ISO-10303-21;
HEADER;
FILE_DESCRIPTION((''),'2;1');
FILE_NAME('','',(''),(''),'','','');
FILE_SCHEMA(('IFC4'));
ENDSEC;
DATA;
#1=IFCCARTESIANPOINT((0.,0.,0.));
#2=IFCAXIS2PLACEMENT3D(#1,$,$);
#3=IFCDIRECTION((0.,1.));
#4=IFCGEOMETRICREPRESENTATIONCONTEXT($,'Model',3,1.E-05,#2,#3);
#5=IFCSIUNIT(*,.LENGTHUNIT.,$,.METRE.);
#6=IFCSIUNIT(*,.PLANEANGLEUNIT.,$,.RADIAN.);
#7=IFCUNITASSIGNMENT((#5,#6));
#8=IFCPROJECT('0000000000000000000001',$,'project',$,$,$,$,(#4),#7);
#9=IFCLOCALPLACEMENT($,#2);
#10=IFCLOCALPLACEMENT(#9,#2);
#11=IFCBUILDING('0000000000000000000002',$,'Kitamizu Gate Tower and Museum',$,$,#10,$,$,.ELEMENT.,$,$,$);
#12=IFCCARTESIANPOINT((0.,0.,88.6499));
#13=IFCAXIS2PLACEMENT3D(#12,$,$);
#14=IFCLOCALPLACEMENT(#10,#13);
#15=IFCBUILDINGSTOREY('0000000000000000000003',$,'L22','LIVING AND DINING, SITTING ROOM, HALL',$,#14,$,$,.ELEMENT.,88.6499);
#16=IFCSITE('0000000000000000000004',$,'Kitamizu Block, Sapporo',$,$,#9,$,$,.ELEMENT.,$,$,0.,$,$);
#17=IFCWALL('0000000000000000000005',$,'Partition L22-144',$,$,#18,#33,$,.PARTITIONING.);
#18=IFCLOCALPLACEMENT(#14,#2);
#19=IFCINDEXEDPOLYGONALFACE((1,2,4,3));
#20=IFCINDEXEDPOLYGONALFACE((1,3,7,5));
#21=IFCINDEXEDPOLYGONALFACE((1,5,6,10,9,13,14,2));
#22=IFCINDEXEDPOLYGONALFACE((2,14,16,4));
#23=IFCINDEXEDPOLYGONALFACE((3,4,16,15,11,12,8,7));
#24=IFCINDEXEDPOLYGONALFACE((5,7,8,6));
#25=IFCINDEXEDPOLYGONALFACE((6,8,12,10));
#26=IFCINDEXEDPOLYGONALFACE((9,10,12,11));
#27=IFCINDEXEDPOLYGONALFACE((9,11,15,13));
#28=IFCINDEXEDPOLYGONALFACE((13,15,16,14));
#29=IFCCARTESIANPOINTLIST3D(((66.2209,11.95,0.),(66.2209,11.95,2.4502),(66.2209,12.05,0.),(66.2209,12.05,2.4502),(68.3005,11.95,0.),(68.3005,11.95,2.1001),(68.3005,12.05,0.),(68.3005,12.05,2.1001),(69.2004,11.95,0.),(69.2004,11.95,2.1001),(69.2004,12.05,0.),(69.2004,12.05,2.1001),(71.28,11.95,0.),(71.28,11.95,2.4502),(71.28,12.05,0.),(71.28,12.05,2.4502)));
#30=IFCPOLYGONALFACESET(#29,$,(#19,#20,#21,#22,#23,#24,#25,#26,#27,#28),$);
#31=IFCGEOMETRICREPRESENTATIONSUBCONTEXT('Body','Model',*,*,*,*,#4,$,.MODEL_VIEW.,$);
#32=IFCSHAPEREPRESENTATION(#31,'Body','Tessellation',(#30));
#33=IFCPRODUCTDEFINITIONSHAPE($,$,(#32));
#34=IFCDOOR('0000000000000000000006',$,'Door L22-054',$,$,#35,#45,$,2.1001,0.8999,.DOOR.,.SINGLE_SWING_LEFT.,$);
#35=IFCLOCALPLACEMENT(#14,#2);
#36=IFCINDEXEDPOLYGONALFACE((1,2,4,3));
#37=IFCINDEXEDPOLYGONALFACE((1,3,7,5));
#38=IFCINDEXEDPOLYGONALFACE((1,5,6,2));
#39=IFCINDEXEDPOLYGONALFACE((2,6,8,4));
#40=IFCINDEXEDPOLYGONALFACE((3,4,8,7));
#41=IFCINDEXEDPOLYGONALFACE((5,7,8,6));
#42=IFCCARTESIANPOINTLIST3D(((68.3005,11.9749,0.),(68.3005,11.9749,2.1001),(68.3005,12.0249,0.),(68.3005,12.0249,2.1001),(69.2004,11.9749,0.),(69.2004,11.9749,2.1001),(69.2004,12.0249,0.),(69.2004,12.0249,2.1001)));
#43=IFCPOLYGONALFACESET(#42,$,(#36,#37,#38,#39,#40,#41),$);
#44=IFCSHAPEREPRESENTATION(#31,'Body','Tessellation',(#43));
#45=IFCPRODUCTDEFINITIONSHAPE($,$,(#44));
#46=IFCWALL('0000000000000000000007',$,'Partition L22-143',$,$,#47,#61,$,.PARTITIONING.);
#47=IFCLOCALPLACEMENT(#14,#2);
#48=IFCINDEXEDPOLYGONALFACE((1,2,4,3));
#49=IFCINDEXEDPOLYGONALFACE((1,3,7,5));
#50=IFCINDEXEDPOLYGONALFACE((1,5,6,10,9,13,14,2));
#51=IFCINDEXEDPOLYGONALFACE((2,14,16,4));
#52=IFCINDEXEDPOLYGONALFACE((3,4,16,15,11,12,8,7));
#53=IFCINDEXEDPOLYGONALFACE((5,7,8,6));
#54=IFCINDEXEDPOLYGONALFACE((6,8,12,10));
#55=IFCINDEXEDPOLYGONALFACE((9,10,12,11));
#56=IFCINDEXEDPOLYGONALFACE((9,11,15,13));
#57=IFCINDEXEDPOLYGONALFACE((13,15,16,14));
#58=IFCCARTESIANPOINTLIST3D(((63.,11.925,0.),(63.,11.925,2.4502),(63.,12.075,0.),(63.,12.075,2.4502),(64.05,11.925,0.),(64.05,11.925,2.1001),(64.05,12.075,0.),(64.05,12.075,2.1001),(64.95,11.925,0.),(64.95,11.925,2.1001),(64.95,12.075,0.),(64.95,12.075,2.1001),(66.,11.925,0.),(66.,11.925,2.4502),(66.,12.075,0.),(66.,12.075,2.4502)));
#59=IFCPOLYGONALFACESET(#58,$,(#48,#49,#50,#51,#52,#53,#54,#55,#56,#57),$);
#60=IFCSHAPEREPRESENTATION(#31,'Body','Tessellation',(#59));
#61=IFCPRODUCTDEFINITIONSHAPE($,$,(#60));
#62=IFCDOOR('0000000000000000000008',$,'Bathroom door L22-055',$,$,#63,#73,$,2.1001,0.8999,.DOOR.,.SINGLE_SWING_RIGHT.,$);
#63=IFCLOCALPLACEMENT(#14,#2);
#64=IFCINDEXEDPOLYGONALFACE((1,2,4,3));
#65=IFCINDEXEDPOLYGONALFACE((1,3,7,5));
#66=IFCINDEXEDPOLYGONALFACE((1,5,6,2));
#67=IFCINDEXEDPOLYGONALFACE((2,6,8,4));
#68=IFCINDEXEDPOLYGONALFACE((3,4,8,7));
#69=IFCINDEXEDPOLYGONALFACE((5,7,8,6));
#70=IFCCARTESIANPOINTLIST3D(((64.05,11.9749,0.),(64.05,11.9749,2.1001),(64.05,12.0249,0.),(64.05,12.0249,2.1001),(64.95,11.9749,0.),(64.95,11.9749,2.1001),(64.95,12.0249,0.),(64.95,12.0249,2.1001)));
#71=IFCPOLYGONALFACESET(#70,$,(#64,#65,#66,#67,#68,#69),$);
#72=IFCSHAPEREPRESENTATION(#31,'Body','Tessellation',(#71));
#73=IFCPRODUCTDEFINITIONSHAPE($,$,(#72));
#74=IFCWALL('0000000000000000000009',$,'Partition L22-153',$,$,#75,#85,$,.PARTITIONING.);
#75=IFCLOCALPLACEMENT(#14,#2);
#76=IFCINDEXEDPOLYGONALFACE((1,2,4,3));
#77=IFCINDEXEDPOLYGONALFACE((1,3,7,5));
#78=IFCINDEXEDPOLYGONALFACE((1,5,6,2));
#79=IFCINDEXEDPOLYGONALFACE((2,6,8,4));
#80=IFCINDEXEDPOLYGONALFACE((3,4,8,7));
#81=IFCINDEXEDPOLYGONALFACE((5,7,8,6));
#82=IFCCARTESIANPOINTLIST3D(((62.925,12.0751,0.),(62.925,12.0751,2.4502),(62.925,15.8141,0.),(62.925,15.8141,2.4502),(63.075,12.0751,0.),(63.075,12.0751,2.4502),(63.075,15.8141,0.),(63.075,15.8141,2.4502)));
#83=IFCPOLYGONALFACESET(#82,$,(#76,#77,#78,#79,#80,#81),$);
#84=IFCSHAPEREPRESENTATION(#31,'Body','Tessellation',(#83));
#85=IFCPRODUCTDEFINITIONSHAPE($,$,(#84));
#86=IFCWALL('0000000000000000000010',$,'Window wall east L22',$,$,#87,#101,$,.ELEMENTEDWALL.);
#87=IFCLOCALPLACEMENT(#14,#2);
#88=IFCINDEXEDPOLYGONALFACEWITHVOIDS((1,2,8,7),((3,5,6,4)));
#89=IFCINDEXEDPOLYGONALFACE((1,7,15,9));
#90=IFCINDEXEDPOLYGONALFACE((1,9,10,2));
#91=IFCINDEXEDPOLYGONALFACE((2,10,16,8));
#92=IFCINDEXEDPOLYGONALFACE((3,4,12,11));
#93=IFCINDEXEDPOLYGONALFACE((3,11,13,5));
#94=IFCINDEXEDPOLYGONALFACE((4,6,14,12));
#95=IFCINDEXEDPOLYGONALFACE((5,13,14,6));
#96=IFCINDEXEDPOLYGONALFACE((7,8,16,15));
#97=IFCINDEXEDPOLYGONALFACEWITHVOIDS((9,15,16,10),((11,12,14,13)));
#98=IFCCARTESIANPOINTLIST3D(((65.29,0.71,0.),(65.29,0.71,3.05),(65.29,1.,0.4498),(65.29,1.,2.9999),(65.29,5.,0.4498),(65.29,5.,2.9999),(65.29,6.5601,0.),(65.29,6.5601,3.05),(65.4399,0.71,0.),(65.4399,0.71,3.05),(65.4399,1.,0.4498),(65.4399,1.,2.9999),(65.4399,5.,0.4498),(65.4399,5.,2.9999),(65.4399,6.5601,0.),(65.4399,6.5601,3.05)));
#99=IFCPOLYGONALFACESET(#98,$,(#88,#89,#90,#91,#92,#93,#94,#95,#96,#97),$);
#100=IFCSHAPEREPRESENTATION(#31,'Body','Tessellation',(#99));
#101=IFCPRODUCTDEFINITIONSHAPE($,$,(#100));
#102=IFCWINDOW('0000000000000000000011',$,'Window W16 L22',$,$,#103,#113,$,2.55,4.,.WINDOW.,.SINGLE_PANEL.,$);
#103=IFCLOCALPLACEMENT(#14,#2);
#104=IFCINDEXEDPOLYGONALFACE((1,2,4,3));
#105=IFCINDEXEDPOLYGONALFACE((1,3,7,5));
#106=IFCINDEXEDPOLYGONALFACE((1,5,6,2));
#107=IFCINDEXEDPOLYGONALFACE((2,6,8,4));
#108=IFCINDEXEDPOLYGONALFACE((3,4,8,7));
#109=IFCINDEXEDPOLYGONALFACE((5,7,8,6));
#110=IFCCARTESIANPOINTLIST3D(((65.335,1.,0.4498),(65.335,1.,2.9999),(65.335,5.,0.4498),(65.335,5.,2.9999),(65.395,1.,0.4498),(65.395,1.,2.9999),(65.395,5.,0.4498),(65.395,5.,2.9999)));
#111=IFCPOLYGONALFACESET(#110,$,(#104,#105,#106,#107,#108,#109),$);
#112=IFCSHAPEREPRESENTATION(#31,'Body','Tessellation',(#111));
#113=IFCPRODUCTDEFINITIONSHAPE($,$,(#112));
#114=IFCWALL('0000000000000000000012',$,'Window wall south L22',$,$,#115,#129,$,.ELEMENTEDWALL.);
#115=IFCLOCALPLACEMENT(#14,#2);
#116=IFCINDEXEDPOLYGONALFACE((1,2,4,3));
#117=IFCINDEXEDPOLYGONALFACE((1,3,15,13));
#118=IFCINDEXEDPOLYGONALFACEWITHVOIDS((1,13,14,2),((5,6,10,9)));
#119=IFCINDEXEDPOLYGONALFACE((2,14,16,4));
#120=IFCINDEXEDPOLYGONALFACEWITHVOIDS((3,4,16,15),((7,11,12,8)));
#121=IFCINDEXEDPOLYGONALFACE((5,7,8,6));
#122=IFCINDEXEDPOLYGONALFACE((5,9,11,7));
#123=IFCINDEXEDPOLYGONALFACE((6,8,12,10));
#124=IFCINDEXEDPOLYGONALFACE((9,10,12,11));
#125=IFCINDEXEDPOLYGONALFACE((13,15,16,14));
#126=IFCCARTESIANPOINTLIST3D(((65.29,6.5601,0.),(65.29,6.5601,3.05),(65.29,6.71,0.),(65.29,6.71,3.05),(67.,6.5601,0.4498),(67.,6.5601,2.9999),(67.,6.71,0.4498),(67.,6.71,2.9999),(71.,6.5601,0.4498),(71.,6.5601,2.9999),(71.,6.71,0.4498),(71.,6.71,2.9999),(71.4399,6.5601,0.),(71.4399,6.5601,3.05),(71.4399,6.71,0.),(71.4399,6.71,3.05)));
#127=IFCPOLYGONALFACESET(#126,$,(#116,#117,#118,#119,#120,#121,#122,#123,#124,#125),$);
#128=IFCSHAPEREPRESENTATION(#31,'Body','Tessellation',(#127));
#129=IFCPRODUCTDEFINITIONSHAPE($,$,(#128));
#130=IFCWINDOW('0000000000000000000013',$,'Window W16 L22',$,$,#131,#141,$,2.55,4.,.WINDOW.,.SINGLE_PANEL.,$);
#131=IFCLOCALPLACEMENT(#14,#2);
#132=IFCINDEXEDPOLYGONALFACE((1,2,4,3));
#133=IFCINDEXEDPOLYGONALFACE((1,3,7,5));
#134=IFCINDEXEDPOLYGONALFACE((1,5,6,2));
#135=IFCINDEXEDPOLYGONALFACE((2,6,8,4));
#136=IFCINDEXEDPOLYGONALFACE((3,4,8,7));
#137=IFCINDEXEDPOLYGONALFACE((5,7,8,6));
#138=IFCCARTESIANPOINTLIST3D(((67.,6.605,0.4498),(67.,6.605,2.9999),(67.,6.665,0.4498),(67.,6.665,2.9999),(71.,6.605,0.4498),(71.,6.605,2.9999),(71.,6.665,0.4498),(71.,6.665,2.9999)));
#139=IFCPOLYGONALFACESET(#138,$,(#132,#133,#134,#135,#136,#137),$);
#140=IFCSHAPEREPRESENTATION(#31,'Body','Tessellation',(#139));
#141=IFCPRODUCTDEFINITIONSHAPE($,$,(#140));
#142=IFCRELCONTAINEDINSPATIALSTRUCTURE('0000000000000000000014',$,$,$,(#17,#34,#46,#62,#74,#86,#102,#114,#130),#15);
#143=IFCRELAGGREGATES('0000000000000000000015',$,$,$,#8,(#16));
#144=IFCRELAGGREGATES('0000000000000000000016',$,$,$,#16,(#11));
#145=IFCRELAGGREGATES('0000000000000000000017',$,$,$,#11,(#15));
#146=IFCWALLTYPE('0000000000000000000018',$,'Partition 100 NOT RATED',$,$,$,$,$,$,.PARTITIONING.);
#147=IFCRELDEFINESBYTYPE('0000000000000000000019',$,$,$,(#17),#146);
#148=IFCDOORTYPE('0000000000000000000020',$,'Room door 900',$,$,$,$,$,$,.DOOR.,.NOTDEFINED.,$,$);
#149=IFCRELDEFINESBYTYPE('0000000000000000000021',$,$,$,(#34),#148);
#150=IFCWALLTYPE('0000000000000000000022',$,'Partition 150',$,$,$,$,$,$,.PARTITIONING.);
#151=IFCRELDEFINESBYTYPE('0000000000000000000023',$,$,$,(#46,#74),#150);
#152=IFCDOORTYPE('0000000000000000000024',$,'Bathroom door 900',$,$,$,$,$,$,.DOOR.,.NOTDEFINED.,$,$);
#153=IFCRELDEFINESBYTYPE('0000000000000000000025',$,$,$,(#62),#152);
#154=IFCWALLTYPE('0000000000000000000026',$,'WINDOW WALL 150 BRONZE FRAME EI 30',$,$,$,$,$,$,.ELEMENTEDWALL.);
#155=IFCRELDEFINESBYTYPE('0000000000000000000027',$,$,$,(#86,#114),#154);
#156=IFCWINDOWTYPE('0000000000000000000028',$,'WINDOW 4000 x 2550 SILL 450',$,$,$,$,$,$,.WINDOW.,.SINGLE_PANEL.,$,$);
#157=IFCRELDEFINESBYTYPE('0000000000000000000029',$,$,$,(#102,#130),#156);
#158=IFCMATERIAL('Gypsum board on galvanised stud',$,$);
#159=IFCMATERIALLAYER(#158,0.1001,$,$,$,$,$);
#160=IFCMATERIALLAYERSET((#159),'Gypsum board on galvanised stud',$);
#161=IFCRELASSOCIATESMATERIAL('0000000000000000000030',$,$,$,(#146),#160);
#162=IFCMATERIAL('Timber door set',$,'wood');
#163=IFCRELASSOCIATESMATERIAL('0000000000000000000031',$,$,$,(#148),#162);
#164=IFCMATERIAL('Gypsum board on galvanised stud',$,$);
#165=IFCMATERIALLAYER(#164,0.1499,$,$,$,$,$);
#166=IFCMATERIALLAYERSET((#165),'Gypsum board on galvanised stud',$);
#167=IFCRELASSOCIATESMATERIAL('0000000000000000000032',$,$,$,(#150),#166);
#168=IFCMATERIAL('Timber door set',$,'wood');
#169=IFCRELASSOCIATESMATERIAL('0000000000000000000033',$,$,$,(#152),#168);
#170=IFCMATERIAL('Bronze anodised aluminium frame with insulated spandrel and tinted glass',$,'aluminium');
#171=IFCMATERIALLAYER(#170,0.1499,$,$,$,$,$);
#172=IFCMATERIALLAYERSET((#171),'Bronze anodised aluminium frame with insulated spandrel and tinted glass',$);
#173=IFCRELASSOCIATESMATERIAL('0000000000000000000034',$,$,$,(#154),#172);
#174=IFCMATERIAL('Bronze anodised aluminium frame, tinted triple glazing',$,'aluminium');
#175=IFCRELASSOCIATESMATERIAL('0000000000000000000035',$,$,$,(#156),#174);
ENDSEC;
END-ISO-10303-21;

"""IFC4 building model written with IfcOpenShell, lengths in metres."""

from ifc_helpers import new_model, si_unit, direction, frame, frame_2d, origin, place, context, subcontext, project, spatial, rectangle, extrude, material, layer, layer_set, type_object, element, fill, save


model = new_model("IFC4")

# Units and contexts
model_context = context("Model", 3, precision=1e-05, world=origin(), true_north=direction((0.0, 1.0)))
body_context = subcontext(model_context, "Body", "Model", "MODEL_VIEW")
ifc_project = project(units=[si_unit("LENGTHUNIT", "METRE"), si_unit("PLANEANGLEUNIT", "RADIAN")], contexts=[model_context])

# Site, building, storey
site_placement = place(None, origin())
site = spatial("IfcSite", under=ifc_project, at=site_placement, Name="Kitamizu Block, Sapporo", CompositionType="ELEMENT", RefElevation=0.0)
building_placement = place(site_placement, origin())
building = spatial("IfcBuilding", under=site, at=building_placement, Name="Kitamizu Gate Tower and Museum", CompositionType="ELEMENT")
storey_placement = place(building_placement, frame((0.0, 0.0, 88.6499)))
storey = spatial("IfcBuildingStorey", under=building, at=storey_placement, Name="L22", Description="LIVING AND DINING, SITTING ROOM, HALL", CompositionType="ELEMENT", Elevation=88.6499)

# Shared definitions
ifc_material_1 = material(Name="Gypsum board on galvanised stud")
ifc_layer_1 = layer(ifc_material_1, 0.1001)
ifc_layer_set_1 = layer_set([ifc_layer_1], Name="Gypsum board on galvanised stud")
wall_type_1 = type_object("IfcWallType", Name="Partition 100 NOT RATED", PredefinedType="PARTITIONING", material=ifc_layer_set_1)
ifc_material_2 = material(Name="Timber door set", Category="wood")
door_type_1 = type_object("IfcDoorType", Name="Room door 900", OperationType="NOTDEFINED", PredefinedType="DOOR", material=ifc_material_2)

# Walls, openings, doors
wall_1_placement = place(storey_placement, frame((71.28, 12.0, 0.0), z_axis=(0.0, 0.0, 1.0), x_axis=(-1.0, 0.0, 0.0)))
wall_1 = element("IfcWall", 1, at=wall_1_placement, inside=storey, type_object=wall_type_1, Name="Partition L22-144", PredefinedType="PARTITIONING", context=body_context, shape_type="SweptSolid", body=[
    extrude(rectangle(XDim=5.0591, YDim=0.1001, at=frame_2d((2.5295, 0.0))), origin(), (0.0, 0.0, 1.0), 2.4502),
])
opening_1_placement = place(wall_1_placement, frame((2.0796, 0.0, 0.0)))
opening_1 = element("IfcOpeningElement", 2, at=opening_1_placement, cuts=wall_1, PredefinedType="OPENING", context=body_context, shape_type="SweptSolid", body=[
    extrude(rectangle(XDim=0.8999, YDim=2.1001, at=frame_2d((0.45, 1.05))), frame((0.0, 0.0601, 0.0), z_axis=(0.0, -1.0, 0.0), x_axis=(1.0, 0.0, 0.0)), (0.0, 0.0, 1.0), 0.1201),
])
door_1_placement = place(opening_1_placement, frame((0.8999, 0.0, 0.0), x_axis=(-1.0, 0.0, 0.0)))
door_1 = element("IfcDoor", 3, at=door_1_placement, inside=storey, type_object=door_type_1, Name="Door L22-054", OperationType="SINGLE_SWING_LEFT", OverallHeight=2.1001, OverallWidth=0.8999, PredefinedType="DOOR", context=body_context, shape_type="SweptSolid", body=[
    extrude(rectangle(XDim=0.8999, YDim=2.1001, at=frame_2d((0.45, 1.05))), frame((0.0, 0.0249, 0.0), z_axis=(0.0, -1.0, 0.0), x_axis=(1.0, 0.0, 0.0)), (0.0, 0.0, 1.0), 0.05),
])
fill(opening_1, door_1)
ifc_material_3 = material(Name="Gypsum board on galvanised stud")
ifc_layer_2 = layer(ifc_material_3, 0.1499)
ifc_layer_set_2 = layer_set([ifc_layer_2], Name="Gypsum board on galvanised stud")
wall_type_2 = type_object("IfcWallType", Name="Partition 150", PredefinedType="PARTITIONING", material=ifc_layer_set_2)
wall_2_placement = place(storey_placement, frame((66.0, 12.0, 0.0), z_axis=(0.0, 0.0, 1.0), x_axis=(-1.0, 0.0, 0.0)))
wall_2 = element("IfcWall", 4, at=wall_2_placement, inside=storey, type_object=wall_type_2, Name="Partition L22-143", PredefinedType="PARTITIONING", context=body_context, shape_type="SweptSolid", body=[
    extrude(rectangle(XDim=3.0, YDim=0.1499, at=frame_2d((1.5, 0.0))), origin(), (0.0, 0.0, 1.0), 2.4502),
])
opening_2_placement = place(wall_2_placement, frame((1.05, 0.0, 0.0)))
opening_2 = element("IfcOpeningElement", 5, at=opening_2_placement, cuts=wall_2, PredefinedType="OPENING", context=body_context, shape_type="SweptSolid", body=[
    extrude(rectangle(XDim=0.8999, YDim=2.1001, at=frame_2d((0.45, 1.05))), frame((0.0, 0.085, 0.0), z_axis=(0.0, -1.0, 0.0), x_axis=(1.0, 0.0, 0.0)), (0.0, 0.0, 1.0), 0.1699),
])
ifc_material_4 = material(Name="Timber door set", Category="wood")
door_type_2 = type_object("IfcDoorType", Name="Bathroom door 900", OperationType="NOTDEFINED", PredefinedType="DOOR", material=ifc_material_4)
door_2_placement = place(opening_2_placement, frame((0.8999, 0.0, 0.0), x_axis=(-1.0, 0.0, 0.0)))
door_2 = element("IfcDoor", 6, at=door_2_placement, inside=storey, type_object=door_type_2, Name="Bathroom door L22-055", OperationType="SINGLE_SWING_RIGHT", OverallHeight=2.1001, OverallWidth=0.8999, PredefinedType="DOOR", context=body_context, shape_type="SweptSolid", body=[
    extrude(rectangle(XDim=0.8999, YDim=2.1001, at=frame_2d((0.45, 1.05))), frame((0.0, 0.0249, 0.0), z_axis=(0.0, -1.0, 0.0), x_axis=(1.0, 0.0, 0.0)), (0.0, 0.0, 1.0), 0.05),
])
fill(opening_2, door_2)

# Wall
wall_3_placement = place(storey_placement, frame((63.0, 12.075, 0.0), z_axis=(0.0, 0.0, 1.0), x_axis=(0.0, 1.0, 0.0)))
element("IfcWall", 7, at=wall_3_placement, inside=storey, type_object=wall_type_2, Name="Partition L22-153", PredefinedType="PARTITIONING", context=body_context, shape_type="SweptSolid", body=[
    extrude(rectangle(XDim=3.739, YDim=0.1499, at=frame_2d((1.8696, 0.0))), origin(), (0.0, 0.0, 1.0), 2.4502),
])

# Walls, openings, windows
ifc_material_5 = material(Name="Bronze anodised aluminium frame with insulated spandrel and tinted glass", Category="aluminium")
ifc_layer_3 = layer(ifc_material_5, 0.1499)
ifc_layer_set_3 = layer_set([ifc_layer_3], Name="Bronze anodised aluminium frame with insulated spandrel and tinted glass")
wall_type_3 = type_object("IfcWallType", Name="WINDOW WALL 150 BRONZE FRAME EI 30", PredefinedType="ELEMENTEDWALL", material=ifc_layer_set_3)
wall_4_placement = place(storey_placement, frame((65.365, 0.71, 0.0), z_axis=(0.0, 0.0, 1.0), x_axis=(0.0, 1.0, 0.0)))
wall_4 = element("IfcWall", 8, at=wall_4_placement, inside=storey, type_object=wall_type_3, Name="Window wall east L22", PredefinedType="ELEMENTEDWALL", context=body_context, shape_type="SweptSolid", body=[
    extrude(rectangle(XDim=5.8501, YDim=0.1499, at=frame_2d((2.925, 0.0))), origin(), (0.0, 0.0, 1.0), 3.05),
])
opening_3_placement = place(wall_4_placement, frame((0.29, 0.0, 0.45)))
opening_3 = element("IfcOpeningElement", 9, at=opening_3_placement, cuts=wall_4, PredefinedType="OPENING", context=body_context, shape_type="SweptSolid", body=[
    extrude(rectangle(XDim=4.0, YDim=2.55, at=frame_2d((2.0, 1.2749))), frame((0.0, 0.085, 0.0), z_axis=(0.0, -1.0, 0.0), x_axis=(1.0, 0.0, 0.0)), (0.0, 0.0, 1.0), 0.1699),
])
ifc_material_6 = material(Name="Bronze anodised aluminium frame, tinted triple glazing", Category="aluminium")
window_type_1 = type_object("IfcWindowType", Name="WINDOW 4000 x 2550 SILL 450", PartitioningType="SINGLE_PANEL", PredefinedType="WINDOW", material=ifc_material_6)
window_1_placement = place(opening_3_placement, origin())
window_1 = element("IfcWindow", 10, at=window_1_placement, inside=storey, type_object=window_type_1, Name="Window W16 L22", OverallHeight=2.55, OverallWidth=4.0, PartitioningType="SINGLE_PANEL", PredefinedType="WINDOW", context=body_context, shape_type="SweptSolid", body=[
    extrude(rectangle(XDim=4.0, YDim=2.55, at=frame_2d((2.0, 1.2749))), frame((0.0, 0.03, 0.0), z_axis=(0.0, -1.0, 0.0), x_axis=(1.0, 0.0, 0.0)), (0.0, 0.0, 1.0), 0.0601),
])
fill(opening_3, window_1)
wall_5_placement = place(storey_placement, frame((65.29, 6.635, 0.0), z_axis=(0.0, 0.0, 1.0), x_axis=(1.0, 0.0, 0.0)))
wall_5 = element("IfcWall", 11, at=wall_5_placement, inside=storey, type_object=wall_type_3, Name="Window wall south L22", PredefinedType="ELEMENTEDWALL", context=body_context, shape_type="SweptSolid", body=[
    extrude(rectangle(XDim=6.1499, YDim=0.1499, at=frame_2d((3.075, 0.0))), origin(), (0.0, 0.0, 1.0), 3.05),
])
opening_4_placement = place(wall_5_placement, frame((1.71, 0.0, 0.45)))
opening_4 = element("IfcOpeningElement", 12, at=opening_4_placement, cuts=wall_5, PredefinedType="OPENING", context=body_context, shape_type="SweptSolid", body=[
    extrude(rectangle(XDim=4.0, YDim=2.55, at=frame_2d((2.0, 1.2749))), frame((0.0, 0.085, 0.0), z_axis=(0.0, -1.0, 0.0), x_axis=(1.0, 0.0, 0.0)), (0.0, 0.0, 1.0), 0.1699),
])
window_2_placement = place(opening_4_placement, origin())
window_2 = element("IfcWindow", 13, at=window_2_placement, inside=storey, type_object=window_type_1, Name="Window W16 L22", OverallHeight=2.55, OverallWidth=4.0, PartitioningType="SINGLE_PANEL", PredefinedType="WINDOW", context=body_context, shape_type="SweptSolid", body=[
    extrude(rectangle(XDim=4.0, YDim=2.55, at=frame_2d((2.0, 1.2749))), frame((0.0, 0.03, 0.0), z_axis=(0.0, -1.0, 0.0), x_axis=(1.0, 0.0, 0.0)), (0.0, 0.0, 1.0), 0.0601),
])
fill(opening_4, window_2)

save(model, "model.ifc")
